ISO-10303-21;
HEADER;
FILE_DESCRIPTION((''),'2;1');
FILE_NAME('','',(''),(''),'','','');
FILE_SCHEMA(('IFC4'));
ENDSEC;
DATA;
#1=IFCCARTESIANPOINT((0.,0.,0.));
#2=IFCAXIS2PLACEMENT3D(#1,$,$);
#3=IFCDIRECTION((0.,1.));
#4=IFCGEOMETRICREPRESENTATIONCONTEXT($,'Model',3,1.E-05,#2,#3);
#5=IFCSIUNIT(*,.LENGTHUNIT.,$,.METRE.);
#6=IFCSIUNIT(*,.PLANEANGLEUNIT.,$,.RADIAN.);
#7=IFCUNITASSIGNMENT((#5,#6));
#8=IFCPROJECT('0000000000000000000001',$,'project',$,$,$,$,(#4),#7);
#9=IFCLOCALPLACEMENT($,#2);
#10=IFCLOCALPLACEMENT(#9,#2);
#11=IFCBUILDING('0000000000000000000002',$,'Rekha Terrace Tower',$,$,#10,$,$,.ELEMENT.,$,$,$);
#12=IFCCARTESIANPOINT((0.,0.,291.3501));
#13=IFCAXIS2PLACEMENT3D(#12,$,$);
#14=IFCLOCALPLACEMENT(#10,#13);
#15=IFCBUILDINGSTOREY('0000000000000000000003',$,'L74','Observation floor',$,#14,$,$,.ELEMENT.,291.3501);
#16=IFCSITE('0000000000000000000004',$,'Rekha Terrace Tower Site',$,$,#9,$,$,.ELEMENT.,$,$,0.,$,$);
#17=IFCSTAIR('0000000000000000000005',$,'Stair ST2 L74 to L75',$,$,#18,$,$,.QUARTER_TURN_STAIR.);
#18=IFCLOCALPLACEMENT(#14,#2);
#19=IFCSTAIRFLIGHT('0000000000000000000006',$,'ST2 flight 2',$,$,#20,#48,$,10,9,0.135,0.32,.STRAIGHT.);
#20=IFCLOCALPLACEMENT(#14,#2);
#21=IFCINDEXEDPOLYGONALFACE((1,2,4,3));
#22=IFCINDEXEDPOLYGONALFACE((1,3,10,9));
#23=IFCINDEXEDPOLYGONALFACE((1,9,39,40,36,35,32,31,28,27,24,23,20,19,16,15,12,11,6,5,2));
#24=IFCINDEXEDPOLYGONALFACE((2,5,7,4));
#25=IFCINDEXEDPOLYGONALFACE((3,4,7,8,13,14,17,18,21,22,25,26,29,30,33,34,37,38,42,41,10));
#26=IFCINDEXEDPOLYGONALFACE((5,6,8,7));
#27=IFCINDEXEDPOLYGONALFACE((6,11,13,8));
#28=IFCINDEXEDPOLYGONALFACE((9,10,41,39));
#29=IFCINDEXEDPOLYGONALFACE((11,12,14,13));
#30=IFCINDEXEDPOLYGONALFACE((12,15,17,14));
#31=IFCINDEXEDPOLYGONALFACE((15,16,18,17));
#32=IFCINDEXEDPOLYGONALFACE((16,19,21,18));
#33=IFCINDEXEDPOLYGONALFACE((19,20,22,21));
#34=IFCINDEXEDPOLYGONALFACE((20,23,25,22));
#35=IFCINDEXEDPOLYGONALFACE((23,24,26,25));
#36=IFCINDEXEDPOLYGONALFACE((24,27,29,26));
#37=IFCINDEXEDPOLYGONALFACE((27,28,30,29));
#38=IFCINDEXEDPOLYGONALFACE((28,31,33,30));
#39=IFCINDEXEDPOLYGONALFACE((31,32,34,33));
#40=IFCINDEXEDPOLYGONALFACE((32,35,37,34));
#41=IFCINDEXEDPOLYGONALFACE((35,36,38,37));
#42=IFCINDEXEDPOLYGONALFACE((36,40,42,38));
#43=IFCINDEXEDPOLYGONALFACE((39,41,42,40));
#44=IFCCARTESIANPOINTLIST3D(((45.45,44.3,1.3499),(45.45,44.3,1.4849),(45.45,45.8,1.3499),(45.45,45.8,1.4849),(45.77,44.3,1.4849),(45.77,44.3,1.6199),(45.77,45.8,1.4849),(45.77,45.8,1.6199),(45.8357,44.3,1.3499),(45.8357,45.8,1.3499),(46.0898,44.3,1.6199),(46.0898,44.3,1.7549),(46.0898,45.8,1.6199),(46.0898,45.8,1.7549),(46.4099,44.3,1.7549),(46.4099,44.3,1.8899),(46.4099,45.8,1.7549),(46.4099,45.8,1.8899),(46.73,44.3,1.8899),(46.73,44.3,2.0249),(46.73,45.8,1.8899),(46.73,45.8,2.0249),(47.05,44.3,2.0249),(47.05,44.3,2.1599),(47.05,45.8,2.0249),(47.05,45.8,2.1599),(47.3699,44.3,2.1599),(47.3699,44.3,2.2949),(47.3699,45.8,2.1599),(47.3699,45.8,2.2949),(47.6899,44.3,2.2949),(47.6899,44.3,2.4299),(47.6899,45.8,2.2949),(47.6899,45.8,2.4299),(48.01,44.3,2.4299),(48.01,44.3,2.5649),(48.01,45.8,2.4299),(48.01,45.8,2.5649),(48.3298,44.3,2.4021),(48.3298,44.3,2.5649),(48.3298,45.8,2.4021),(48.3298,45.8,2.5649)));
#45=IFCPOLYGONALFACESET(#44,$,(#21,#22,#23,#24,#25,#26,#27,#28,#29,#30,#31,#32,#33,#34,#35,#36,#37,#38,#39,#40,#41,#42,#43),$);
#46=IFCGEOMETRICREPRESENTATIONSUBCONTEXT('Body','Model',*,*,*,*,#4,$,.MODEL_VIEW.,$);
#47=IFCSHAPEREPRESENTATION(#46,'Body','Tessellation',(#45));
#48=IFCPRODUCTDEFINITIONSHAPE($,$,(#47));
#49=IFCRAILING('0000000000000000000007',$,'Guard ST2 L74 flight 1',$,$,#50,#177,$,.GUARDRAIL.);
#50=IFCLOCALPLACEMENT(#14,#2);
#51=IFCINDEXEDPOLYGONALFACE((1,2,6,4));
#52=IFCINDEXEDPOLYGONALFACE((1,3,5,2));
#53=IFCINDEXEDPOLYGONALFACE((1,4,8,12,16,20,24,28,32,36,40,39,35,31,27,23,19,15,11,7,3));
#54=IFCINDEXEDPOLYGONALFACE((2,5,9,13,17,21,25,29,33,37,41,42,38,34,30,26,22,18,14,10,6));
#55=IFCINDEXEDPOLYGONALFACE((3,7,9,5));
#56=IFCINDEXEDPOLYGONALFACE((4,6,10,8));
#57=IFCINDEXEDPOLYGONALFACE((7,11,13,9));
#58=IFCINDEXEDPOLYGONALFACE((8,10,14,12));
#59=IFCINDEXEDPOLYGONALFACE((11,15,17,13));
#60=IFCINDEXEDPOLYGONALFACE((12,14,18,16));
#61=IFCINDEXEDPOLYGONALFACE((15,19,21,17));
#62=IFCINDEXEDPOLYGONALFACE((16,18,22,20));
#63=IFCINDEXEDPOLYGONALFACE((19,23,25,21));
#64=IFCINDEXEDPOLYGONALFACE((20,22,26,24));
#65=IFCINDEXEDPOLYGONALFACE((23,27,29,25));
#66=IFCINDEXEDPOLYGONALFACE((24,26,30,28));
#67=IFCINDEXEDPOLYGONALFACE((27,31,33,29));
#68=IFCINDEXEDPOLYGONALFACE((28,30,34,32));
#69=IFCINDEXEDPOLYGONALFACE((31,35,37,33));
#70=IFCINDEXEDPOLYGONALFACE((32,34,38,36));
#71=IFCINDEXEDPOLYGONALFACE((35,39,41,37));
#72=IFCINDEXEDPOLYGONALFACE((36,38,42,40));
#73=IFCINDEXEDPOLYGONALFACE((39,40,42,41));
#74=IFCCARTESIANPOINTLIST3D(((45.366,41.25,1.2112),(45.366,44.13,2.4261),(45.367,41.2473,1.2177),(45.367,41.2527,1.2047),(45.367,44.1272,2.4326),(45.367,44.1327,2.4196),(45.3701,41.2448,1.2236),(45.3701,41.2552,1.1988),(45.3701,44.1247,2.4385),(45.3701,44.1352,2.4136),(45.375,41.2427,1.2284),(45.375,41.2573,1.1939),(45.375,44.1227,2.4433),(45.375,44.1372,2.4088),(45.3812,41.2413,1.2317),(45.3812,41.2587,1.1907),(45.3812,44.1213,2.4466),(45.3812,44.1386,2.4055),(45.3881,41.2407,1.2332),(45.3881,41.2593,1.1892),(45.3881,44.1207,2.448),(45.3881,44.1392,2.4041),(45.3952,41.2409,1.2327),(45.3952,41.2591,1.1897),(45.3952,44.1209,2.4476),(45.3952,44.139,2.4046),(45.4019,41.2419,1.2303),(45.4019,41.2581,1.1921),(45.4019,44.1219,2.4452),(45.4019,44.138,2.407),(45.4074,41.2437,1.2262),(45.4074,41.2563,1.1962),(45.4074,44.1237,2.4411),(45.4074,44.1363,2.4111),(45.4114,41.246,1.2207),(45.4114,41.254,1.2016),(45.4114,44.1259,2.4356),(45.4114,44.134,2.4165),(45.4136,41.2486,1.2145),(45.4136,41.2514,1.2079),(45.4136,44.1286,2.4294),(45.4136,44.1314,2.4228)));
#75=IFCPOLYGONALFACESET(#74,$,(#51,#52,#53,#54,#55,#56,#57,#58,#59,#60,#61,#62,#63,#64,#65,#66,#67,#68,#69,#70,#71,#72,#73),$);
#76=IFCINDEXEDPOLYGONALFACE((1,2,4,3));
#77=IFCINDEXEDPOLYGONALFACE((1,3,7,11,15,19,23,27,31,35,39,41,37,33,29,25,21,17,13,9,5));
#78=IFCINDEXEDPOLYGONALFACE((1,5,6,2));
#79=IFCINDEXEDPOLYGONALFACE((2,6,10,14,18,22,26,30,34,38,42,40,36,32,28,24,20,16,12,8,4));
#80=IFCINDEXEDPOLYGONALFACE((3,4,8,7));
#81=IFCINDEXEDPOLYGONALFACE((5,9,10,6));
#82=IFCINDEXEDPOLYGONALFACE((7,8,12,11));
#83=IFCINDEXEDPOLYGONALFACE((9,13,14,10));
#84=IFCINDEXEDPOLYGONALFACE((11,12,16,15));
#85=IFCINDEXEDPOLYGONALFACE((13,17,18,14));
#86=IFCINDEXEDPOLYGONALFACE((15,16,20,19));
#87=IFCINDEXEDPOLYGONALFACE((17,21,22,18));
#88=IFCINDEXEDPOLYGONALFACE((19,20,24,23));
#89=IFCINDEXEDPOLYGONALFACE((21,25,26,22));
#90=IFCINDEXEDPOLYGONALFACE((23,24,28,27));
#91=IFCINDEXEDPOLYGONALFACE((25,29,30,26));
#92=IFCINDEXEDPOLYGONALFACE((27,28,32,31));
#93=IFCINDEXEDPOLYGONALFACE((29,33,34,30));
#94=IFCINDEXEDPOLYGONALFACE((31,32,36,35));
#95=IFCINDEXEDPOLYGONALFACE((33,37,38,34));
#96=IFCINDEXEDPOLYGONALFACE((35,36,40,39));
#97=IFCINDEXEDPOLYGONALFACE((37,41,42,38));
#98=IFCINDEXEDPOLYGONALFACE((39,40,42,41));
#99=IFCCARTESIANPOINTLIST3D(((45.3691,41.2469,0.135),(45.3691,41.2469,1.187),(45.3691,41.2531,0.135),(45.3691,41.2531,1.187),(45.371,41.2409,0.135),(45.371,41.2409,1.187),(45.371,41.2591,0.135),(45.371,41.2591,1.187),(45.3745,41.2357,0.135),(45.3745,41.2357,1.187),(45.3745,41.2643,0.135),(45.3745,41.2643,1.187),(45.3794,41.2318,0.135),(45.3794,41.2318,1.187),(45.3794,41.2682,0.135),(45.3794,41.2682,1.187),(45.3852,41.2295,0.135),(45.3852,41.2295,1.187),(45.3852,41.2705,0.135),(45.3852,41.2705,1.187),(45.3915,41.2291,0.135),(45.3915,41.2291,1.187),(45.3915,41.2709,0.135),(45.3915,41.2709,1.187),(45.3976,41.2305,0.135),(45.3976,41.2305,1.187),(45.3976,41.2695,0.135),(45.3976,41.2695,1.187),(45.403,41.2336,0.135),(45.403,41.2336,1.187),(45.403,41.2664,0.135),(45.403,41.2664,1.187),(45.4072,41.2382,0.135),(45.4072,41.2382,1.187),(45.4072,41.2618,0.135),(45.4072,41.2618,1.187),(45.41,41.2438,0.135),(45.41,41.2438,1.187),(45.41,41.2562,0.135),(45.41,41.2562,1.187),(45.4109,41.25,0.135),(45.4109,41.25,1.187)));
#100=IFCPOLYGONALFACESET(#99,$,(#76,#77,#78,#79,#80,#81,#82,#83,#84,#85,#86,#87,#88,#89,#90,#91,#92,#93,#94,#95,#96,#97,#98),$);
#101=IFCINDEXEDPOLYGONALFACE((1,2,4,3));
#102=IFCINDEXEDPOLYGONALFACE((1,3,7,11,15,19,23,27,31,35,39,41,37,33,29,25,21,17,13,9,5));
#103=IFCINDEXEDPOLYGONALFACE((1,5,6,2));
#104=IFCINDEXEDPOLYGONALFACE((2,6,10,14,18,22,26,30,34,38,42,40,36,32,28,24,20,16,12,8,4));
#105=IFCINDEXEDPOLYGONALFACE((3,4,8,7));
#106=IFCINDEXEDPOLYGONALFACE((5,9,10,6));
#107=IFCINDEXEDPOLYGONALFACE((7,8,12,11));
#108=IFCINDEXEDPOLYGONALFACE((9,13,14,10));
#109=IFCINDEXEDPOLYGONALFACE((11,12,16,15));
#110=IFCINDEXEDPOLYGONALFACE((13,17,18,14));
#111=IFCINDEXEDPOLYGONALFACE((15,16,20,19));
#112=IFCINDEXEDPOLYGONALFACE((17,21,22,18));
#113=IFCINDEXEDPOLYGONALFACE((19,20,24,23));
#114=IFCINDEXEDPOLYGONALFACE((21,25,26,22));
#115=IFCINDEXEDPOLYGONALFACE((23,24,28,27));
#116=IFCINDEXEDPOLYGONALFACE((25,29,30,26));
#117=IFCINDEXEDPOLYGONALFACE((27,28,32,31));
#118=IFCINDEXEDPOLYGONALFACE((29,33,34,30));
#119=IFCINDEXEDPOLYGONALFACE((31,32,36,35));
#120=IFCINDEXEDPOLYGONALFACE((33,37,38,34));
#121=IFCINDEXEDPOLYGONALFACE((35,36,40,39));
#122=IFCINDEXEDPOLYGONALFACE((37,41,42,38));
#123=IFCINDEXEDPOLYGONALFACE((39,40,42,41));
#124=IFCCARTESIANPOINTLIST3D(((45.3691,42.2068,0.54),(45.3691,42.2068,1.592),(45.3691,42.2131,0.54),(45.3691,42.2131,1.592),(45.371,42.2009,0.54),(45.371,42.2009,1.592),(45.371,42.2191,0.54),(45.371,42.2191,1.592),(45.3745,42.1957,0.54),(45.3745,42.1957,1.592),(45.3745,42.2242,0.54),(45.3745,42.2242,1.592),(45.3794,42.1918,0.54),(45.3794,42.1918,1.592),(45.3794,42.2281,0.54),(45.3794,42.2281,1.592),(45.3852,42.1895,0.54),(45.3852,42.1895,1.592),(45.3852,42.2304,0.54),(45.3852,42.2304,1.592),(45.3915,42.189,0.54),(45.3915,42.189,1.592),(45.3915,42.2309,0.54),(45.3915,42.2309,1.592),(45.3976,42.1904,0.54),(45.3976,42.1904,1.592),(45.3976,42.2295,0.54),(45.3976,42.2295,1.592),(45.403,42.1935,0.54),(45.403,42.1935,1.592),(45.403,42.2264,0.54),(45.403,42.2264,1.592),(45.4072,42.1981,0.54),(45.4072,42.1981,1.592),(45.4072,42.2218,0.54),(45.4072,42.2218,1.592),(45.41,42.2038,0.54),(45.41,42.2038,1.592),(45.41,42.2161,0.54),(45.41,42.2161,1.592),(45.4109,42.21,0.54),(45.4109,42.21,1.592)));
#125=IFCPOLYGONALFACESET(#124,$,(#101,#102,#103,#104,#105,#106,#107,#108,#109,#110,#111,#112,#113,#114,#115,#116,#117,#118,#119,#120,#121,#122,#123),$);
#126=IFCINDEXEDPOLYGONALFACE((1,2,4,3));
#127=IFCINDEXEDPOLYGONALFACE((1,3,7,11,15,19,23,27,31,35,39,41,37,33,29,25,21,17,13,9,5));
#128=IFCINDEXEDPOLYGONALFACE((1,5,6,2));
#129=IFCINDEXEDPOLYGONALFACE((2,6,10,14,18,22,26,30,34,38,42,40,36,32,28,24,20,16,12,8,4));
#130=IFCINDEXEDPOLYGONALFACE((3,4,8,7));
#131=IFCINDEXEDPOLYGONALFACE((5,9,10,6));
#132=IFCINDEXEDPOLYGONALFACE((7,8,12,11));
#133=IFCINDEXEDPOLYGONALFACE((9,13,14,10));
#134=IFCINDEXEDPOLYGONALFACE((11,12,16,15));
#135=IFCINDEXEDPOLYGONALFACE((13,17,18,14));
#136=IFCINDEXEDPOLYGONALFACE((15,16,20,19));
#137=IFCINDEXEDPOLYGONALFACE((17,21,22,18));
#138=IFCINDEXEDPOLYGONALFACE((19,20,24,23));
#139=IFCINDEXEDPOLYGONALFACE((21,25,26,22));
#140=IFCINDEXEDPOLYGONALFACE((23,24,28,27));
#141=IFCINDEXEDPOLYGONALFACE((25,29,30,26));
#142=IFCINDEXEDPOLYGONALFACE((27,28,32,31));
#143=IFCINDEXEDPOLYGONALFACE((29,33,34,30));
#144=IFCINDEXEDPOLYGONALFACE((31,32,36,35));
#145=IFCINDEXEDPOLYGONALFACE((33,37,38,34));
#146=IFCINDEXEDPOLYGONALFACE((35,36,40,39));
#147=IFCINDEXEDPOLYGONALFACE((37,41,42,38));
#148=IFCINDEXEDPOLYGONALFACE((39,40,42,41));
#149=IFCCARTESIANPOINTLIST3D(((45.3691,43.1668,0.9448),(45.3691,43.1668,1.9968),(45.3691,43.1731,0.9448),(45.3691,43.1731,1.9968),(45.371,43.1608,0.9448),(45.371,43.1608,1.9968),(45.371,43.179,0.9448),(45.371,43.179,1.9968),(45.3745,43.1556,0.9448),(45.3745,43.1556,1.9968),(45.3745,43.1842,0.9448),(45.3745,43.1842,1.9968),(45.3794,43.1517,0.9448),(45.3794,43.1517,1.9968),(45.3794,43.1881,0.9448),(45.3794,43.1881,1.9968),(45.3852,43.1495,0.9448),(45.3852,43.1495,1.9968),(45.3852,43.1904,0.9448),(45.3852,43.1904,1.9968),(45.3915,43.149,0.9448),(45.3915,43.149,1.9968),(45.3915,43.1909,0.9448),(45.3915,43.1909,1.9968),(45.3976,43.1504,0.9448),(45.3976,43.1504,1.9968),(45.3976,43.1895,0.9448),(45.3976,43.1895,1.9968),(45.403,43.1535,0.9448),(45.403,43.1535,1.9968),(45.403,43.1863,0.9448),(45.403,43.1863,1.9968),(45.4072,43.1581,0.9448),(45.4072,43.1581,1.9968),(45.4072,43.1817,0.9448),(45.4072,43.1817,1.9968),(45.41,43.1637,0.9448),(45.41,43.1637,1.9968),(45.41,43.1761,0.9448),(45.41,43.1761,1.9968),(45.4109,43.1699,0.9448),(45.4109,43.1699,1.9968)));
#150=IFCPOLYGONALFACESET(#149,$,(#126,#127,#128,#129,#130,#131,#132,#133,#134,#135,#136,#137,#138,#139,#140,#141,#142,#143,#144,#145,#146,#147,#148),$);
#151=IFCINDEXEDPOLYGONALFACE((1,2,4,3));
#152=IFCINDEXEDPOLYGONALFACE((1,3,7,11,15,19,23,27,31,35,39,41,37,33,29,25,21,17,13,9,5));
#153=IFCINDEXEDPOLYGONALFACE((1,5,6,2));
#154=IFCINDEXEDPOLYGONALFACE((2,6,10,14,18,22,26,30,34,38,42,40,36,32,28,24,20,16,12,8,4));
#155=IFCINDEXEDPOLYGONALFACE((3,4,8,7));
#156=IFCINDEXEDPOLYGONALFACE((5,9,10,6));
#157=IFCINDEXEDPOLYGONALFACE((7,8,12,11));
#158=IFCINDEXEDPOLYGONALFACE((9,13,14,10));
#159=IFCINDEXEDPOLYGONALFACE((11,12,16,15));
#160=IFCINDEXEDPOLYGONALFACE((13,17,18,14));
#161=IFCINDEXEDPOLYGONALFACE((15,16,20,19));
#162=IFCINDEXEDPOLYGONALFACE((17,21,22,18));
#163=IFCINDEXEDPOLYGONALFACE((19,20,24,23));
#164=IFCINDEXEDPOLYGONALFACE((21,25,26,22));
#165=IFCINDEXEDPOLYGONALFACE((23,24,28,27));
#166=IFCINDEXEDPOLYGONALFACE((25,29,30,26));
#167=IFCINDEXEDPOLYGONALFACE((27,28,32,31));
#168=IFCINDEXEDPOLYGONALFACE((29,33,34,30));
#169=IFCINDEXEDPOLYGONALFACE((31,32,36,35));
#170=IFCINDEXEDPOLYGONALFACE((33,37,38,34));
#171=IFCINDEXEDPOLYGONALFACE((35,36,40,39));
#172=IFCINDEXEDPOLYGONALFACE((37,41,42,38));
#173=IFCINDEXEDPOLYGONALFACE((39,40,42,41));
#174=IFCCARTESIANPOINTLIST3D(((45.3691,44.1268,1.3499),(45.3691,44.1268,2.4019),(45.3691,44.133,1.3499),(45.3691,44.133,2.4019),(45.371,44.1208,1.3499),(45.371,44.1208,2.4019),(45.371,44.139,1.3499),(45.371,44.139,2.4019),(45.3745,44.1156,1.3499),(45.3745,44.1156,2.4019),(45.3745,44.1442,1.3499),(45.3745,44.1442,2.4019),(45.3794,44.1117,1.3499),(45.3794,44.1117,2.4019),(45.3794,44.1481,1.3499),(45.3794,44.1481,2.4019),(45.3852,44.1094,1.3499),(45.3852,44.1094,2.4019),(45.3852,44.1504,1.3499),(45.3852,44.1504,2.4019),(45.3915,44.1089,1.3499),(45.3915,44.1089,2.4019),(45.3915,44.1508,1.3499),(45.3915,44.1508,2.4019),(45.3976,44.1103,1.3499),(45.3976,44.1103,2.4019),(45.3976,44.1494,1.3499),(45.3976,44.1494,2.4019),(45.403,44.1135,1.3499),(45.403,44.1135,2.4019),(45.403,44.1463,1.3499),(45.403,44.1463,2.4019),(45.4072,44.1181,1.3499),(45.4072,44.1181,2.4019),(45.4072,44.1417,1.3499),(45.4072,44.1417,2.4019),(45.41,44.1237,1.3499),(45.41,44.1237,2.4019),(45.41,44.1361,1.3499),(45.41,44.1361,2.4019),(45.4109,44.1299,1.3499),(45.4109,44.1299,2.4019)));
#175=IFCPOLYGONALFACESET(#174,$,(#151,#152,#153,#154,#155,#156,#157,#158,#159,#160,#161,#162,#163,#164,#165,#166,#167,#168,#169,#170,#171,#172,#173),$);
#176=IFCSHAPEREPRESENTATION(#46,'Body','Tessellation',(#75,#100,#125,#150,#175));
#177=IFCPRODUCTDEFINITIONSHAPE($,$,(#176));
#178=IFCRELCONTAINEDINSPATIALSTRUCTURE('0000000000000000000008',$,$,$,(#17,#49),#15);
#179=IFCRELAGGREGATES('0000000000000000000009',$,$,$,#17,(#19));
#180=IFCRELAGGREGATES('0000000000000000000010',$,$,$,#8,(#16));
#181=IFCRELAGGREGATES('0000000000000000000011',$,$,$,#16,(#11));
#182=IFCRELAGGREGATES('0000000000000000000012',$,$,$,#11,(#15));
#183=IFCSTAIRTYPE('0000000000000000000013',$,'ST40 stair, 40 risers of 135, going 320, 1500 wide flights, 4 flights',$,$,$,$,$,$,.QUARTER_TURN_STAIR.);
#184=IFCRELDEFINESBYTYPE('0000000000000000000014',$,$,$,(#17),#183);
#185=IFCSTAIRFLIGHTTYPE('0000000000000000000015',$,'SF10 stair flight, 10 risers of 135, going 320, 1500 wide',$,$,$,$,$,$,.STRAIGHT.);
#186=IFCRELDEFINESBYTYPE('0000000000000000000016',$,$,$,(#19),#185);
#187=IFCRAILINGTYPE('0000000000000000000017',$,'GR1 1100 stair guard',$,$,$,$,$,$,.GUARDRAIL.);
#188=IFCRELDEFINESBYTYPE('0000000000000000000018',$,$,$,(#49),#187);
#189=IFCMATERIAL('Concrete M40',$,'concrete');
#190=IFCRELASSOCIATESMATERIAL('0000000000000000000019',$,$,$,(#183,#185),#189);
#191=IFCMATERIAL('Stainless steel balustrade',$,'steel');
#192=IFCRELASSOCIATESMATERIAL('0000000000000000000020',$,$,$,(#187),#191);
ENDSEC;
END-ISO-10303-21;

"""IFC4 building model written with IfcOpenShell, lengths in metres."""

from ifc_helpers import new_model, si_unit, direction, frame, origin, origin_2d, place, context, subcontext, project, spatial, polyline, circle, outline, extrude, material, type_object, element, aggregate, save


model = new_model("IFC4")

# Units and contexts
model_context = context("Model", 3, precision=1e-05, world=origin(), true_north=direction((0.0, 1.0)))
body_context = subcontext(model_context, "Body", "Model", "MODEL_VIEW")
ifc_project = project(units=[si_unit("LENGTHUNIT", "METRE"), si_unit("PLANEANGLEUNIT", "RADIAN")], contexts=[model_context])

# Site, building, storey
site_placement = place(None, origin())
site = spatial("IfcSite", under=ifc_project, at=site_placement, Name="Rekha Terrace Tower Site", CompositionType="ELEMENT", RefElevation=0.0)
building_placement = place(site_placement, origin())
building = spatial("IfcBuilding", under=site, at=building_placement, Name="Rekha Terrace Tower", CompositionType="ELEMENT")
storey_placement = place(building_placement, frame((0.0, 0.0, 291.3501)))
storey = spatial("IfcBuildingStorey", under=building, at=storey_placement, Name="L74", Description="Observation floor", CompositionType="ELEMENT", Elevation=291.3501)

# Stair, stair flight
ifc_material_1 = material(Name="Concrete M40", Category="concrete")
stair_type = type_object("IfcStairType", Name="ST40 stair, 40 risers of 135, going 320, 1500 wide flights, 4 flights", PredefinedType="QUARTER_TURN_STAIR", material=ifc_material_1)
stair_placement = place(storey_placement, origin())
stair = element("IfcStair", 1, at=stair_placement, inside=storey, type_object=stair_type, Name="Stair ST2 L74 to L75", PredefinedType="QUARTER_TURN_STAIR")
stair_flight_type = type_object("IfcStairFlightType", Name="SF10 stair flight, 10 risers of 135, going 320, 1500 wide", PredefinedType="STRAIGHT", material=ifc_material_1)
stair_flight_1_placement = place(storey_placement, frame((45.45, 45.05, 1.3499), z_axis=(0.0, 0.0, 1.0), x_axis=(1.0, 0.0, 0.0)))
stair_flight_1 = element("IfcStairFlight", 2, at=stair_flight_1_placement, type_object=stair_flight_type, Name="ST2 flight 2", NumberOfRisers=10, NumberOfTreads=9, PredefinedType="STRAIGHT", RiserHeight=0.135, TreadLength=0.32, context=body_context, shape_type="SweptSolid", body=[
    extrude(outline(polyline([(0.0, 0.0), (0.0, 0.135), (0.3201, 0.135), (0.3201, 0.27), (0.6399, 0.27), (0.6399, 0.405), (0.96, 0.405), (0.96, 0.54), (1.28, 0.54), (1.28, 0.675), (1.6001, 0.675), (1.6001, 0.8101), (1.9199, 0.8101), (1.9199, 0.9451), (2.24, 0.9451), (2.24, 1.0801), (2.5601, 1.0801), (2.5601, 1.2151), (2.8799, 1.2151), (2.8799, 1.3501), (2.8799, 1.0522), (0.3857, 0.0), (0.0, 0.0)])), frame((0.0, 0.75, 0.0), z_axis=(0.0, -1.0, 0.0), x_axis=(1.0, 0.0, 0.0)), (0.0, 0.0, 1.0), 1.5),
])
aggregate(stair, [stair_flight_1])

# Railing
ifc_material_2 = material(Name="Stainless steel balustrade", Category="steel")
railing_type_1 = type_object("IfcRailingType", Name="GR1 1100 stair guard", PredefinedType="GUARDRAIL", material=ifc_material_2)
railing_1_placement = place(storey_placement, frame((45.3899, 41.25, 0.135)))
element("IfcRailing", 3, at=railing_1_placement, inside=storey, type_object=railing_type_1, Name="Guard ST2 L74 flight 1", PredefinedType="GUARDRAIL", context=body_context, shape_type="SweptSolid", body=[
    extrude(circle(Radius=0.0239, at=origin_2d()), frame((0.0, 0.0, 1.0762), z_axis=(0.0, 0.921376, 0.388671), x_axis=(-1.0, 0.0, 0.0)), (0.0, 0.0, 1.0), 3.1257),
    extrude(circle(Radius=0.021, at=origin_2d()), origin(), (0.0, 0.0, 1.0), 1.052),
    extrude(circle(Radius=0.021, at=origin_2d()), frame((0.0, 0.96, 0.405)), (0.0, 0.0, 1.0), 1.052),
    extrude(circle(Radius=0.021, at=origin_2d()), frame((0.0, 1.9199, 0.8098)), (0.0, 0.0, 1.0), 1.052),
    extrude(circle(Radius=0.021, at=origin_2d()), frame((0.0, 2.8799, 1.2148)), (0.0, 0.0, 1.0), 1.052),
])

save(model, "model.ifc")
